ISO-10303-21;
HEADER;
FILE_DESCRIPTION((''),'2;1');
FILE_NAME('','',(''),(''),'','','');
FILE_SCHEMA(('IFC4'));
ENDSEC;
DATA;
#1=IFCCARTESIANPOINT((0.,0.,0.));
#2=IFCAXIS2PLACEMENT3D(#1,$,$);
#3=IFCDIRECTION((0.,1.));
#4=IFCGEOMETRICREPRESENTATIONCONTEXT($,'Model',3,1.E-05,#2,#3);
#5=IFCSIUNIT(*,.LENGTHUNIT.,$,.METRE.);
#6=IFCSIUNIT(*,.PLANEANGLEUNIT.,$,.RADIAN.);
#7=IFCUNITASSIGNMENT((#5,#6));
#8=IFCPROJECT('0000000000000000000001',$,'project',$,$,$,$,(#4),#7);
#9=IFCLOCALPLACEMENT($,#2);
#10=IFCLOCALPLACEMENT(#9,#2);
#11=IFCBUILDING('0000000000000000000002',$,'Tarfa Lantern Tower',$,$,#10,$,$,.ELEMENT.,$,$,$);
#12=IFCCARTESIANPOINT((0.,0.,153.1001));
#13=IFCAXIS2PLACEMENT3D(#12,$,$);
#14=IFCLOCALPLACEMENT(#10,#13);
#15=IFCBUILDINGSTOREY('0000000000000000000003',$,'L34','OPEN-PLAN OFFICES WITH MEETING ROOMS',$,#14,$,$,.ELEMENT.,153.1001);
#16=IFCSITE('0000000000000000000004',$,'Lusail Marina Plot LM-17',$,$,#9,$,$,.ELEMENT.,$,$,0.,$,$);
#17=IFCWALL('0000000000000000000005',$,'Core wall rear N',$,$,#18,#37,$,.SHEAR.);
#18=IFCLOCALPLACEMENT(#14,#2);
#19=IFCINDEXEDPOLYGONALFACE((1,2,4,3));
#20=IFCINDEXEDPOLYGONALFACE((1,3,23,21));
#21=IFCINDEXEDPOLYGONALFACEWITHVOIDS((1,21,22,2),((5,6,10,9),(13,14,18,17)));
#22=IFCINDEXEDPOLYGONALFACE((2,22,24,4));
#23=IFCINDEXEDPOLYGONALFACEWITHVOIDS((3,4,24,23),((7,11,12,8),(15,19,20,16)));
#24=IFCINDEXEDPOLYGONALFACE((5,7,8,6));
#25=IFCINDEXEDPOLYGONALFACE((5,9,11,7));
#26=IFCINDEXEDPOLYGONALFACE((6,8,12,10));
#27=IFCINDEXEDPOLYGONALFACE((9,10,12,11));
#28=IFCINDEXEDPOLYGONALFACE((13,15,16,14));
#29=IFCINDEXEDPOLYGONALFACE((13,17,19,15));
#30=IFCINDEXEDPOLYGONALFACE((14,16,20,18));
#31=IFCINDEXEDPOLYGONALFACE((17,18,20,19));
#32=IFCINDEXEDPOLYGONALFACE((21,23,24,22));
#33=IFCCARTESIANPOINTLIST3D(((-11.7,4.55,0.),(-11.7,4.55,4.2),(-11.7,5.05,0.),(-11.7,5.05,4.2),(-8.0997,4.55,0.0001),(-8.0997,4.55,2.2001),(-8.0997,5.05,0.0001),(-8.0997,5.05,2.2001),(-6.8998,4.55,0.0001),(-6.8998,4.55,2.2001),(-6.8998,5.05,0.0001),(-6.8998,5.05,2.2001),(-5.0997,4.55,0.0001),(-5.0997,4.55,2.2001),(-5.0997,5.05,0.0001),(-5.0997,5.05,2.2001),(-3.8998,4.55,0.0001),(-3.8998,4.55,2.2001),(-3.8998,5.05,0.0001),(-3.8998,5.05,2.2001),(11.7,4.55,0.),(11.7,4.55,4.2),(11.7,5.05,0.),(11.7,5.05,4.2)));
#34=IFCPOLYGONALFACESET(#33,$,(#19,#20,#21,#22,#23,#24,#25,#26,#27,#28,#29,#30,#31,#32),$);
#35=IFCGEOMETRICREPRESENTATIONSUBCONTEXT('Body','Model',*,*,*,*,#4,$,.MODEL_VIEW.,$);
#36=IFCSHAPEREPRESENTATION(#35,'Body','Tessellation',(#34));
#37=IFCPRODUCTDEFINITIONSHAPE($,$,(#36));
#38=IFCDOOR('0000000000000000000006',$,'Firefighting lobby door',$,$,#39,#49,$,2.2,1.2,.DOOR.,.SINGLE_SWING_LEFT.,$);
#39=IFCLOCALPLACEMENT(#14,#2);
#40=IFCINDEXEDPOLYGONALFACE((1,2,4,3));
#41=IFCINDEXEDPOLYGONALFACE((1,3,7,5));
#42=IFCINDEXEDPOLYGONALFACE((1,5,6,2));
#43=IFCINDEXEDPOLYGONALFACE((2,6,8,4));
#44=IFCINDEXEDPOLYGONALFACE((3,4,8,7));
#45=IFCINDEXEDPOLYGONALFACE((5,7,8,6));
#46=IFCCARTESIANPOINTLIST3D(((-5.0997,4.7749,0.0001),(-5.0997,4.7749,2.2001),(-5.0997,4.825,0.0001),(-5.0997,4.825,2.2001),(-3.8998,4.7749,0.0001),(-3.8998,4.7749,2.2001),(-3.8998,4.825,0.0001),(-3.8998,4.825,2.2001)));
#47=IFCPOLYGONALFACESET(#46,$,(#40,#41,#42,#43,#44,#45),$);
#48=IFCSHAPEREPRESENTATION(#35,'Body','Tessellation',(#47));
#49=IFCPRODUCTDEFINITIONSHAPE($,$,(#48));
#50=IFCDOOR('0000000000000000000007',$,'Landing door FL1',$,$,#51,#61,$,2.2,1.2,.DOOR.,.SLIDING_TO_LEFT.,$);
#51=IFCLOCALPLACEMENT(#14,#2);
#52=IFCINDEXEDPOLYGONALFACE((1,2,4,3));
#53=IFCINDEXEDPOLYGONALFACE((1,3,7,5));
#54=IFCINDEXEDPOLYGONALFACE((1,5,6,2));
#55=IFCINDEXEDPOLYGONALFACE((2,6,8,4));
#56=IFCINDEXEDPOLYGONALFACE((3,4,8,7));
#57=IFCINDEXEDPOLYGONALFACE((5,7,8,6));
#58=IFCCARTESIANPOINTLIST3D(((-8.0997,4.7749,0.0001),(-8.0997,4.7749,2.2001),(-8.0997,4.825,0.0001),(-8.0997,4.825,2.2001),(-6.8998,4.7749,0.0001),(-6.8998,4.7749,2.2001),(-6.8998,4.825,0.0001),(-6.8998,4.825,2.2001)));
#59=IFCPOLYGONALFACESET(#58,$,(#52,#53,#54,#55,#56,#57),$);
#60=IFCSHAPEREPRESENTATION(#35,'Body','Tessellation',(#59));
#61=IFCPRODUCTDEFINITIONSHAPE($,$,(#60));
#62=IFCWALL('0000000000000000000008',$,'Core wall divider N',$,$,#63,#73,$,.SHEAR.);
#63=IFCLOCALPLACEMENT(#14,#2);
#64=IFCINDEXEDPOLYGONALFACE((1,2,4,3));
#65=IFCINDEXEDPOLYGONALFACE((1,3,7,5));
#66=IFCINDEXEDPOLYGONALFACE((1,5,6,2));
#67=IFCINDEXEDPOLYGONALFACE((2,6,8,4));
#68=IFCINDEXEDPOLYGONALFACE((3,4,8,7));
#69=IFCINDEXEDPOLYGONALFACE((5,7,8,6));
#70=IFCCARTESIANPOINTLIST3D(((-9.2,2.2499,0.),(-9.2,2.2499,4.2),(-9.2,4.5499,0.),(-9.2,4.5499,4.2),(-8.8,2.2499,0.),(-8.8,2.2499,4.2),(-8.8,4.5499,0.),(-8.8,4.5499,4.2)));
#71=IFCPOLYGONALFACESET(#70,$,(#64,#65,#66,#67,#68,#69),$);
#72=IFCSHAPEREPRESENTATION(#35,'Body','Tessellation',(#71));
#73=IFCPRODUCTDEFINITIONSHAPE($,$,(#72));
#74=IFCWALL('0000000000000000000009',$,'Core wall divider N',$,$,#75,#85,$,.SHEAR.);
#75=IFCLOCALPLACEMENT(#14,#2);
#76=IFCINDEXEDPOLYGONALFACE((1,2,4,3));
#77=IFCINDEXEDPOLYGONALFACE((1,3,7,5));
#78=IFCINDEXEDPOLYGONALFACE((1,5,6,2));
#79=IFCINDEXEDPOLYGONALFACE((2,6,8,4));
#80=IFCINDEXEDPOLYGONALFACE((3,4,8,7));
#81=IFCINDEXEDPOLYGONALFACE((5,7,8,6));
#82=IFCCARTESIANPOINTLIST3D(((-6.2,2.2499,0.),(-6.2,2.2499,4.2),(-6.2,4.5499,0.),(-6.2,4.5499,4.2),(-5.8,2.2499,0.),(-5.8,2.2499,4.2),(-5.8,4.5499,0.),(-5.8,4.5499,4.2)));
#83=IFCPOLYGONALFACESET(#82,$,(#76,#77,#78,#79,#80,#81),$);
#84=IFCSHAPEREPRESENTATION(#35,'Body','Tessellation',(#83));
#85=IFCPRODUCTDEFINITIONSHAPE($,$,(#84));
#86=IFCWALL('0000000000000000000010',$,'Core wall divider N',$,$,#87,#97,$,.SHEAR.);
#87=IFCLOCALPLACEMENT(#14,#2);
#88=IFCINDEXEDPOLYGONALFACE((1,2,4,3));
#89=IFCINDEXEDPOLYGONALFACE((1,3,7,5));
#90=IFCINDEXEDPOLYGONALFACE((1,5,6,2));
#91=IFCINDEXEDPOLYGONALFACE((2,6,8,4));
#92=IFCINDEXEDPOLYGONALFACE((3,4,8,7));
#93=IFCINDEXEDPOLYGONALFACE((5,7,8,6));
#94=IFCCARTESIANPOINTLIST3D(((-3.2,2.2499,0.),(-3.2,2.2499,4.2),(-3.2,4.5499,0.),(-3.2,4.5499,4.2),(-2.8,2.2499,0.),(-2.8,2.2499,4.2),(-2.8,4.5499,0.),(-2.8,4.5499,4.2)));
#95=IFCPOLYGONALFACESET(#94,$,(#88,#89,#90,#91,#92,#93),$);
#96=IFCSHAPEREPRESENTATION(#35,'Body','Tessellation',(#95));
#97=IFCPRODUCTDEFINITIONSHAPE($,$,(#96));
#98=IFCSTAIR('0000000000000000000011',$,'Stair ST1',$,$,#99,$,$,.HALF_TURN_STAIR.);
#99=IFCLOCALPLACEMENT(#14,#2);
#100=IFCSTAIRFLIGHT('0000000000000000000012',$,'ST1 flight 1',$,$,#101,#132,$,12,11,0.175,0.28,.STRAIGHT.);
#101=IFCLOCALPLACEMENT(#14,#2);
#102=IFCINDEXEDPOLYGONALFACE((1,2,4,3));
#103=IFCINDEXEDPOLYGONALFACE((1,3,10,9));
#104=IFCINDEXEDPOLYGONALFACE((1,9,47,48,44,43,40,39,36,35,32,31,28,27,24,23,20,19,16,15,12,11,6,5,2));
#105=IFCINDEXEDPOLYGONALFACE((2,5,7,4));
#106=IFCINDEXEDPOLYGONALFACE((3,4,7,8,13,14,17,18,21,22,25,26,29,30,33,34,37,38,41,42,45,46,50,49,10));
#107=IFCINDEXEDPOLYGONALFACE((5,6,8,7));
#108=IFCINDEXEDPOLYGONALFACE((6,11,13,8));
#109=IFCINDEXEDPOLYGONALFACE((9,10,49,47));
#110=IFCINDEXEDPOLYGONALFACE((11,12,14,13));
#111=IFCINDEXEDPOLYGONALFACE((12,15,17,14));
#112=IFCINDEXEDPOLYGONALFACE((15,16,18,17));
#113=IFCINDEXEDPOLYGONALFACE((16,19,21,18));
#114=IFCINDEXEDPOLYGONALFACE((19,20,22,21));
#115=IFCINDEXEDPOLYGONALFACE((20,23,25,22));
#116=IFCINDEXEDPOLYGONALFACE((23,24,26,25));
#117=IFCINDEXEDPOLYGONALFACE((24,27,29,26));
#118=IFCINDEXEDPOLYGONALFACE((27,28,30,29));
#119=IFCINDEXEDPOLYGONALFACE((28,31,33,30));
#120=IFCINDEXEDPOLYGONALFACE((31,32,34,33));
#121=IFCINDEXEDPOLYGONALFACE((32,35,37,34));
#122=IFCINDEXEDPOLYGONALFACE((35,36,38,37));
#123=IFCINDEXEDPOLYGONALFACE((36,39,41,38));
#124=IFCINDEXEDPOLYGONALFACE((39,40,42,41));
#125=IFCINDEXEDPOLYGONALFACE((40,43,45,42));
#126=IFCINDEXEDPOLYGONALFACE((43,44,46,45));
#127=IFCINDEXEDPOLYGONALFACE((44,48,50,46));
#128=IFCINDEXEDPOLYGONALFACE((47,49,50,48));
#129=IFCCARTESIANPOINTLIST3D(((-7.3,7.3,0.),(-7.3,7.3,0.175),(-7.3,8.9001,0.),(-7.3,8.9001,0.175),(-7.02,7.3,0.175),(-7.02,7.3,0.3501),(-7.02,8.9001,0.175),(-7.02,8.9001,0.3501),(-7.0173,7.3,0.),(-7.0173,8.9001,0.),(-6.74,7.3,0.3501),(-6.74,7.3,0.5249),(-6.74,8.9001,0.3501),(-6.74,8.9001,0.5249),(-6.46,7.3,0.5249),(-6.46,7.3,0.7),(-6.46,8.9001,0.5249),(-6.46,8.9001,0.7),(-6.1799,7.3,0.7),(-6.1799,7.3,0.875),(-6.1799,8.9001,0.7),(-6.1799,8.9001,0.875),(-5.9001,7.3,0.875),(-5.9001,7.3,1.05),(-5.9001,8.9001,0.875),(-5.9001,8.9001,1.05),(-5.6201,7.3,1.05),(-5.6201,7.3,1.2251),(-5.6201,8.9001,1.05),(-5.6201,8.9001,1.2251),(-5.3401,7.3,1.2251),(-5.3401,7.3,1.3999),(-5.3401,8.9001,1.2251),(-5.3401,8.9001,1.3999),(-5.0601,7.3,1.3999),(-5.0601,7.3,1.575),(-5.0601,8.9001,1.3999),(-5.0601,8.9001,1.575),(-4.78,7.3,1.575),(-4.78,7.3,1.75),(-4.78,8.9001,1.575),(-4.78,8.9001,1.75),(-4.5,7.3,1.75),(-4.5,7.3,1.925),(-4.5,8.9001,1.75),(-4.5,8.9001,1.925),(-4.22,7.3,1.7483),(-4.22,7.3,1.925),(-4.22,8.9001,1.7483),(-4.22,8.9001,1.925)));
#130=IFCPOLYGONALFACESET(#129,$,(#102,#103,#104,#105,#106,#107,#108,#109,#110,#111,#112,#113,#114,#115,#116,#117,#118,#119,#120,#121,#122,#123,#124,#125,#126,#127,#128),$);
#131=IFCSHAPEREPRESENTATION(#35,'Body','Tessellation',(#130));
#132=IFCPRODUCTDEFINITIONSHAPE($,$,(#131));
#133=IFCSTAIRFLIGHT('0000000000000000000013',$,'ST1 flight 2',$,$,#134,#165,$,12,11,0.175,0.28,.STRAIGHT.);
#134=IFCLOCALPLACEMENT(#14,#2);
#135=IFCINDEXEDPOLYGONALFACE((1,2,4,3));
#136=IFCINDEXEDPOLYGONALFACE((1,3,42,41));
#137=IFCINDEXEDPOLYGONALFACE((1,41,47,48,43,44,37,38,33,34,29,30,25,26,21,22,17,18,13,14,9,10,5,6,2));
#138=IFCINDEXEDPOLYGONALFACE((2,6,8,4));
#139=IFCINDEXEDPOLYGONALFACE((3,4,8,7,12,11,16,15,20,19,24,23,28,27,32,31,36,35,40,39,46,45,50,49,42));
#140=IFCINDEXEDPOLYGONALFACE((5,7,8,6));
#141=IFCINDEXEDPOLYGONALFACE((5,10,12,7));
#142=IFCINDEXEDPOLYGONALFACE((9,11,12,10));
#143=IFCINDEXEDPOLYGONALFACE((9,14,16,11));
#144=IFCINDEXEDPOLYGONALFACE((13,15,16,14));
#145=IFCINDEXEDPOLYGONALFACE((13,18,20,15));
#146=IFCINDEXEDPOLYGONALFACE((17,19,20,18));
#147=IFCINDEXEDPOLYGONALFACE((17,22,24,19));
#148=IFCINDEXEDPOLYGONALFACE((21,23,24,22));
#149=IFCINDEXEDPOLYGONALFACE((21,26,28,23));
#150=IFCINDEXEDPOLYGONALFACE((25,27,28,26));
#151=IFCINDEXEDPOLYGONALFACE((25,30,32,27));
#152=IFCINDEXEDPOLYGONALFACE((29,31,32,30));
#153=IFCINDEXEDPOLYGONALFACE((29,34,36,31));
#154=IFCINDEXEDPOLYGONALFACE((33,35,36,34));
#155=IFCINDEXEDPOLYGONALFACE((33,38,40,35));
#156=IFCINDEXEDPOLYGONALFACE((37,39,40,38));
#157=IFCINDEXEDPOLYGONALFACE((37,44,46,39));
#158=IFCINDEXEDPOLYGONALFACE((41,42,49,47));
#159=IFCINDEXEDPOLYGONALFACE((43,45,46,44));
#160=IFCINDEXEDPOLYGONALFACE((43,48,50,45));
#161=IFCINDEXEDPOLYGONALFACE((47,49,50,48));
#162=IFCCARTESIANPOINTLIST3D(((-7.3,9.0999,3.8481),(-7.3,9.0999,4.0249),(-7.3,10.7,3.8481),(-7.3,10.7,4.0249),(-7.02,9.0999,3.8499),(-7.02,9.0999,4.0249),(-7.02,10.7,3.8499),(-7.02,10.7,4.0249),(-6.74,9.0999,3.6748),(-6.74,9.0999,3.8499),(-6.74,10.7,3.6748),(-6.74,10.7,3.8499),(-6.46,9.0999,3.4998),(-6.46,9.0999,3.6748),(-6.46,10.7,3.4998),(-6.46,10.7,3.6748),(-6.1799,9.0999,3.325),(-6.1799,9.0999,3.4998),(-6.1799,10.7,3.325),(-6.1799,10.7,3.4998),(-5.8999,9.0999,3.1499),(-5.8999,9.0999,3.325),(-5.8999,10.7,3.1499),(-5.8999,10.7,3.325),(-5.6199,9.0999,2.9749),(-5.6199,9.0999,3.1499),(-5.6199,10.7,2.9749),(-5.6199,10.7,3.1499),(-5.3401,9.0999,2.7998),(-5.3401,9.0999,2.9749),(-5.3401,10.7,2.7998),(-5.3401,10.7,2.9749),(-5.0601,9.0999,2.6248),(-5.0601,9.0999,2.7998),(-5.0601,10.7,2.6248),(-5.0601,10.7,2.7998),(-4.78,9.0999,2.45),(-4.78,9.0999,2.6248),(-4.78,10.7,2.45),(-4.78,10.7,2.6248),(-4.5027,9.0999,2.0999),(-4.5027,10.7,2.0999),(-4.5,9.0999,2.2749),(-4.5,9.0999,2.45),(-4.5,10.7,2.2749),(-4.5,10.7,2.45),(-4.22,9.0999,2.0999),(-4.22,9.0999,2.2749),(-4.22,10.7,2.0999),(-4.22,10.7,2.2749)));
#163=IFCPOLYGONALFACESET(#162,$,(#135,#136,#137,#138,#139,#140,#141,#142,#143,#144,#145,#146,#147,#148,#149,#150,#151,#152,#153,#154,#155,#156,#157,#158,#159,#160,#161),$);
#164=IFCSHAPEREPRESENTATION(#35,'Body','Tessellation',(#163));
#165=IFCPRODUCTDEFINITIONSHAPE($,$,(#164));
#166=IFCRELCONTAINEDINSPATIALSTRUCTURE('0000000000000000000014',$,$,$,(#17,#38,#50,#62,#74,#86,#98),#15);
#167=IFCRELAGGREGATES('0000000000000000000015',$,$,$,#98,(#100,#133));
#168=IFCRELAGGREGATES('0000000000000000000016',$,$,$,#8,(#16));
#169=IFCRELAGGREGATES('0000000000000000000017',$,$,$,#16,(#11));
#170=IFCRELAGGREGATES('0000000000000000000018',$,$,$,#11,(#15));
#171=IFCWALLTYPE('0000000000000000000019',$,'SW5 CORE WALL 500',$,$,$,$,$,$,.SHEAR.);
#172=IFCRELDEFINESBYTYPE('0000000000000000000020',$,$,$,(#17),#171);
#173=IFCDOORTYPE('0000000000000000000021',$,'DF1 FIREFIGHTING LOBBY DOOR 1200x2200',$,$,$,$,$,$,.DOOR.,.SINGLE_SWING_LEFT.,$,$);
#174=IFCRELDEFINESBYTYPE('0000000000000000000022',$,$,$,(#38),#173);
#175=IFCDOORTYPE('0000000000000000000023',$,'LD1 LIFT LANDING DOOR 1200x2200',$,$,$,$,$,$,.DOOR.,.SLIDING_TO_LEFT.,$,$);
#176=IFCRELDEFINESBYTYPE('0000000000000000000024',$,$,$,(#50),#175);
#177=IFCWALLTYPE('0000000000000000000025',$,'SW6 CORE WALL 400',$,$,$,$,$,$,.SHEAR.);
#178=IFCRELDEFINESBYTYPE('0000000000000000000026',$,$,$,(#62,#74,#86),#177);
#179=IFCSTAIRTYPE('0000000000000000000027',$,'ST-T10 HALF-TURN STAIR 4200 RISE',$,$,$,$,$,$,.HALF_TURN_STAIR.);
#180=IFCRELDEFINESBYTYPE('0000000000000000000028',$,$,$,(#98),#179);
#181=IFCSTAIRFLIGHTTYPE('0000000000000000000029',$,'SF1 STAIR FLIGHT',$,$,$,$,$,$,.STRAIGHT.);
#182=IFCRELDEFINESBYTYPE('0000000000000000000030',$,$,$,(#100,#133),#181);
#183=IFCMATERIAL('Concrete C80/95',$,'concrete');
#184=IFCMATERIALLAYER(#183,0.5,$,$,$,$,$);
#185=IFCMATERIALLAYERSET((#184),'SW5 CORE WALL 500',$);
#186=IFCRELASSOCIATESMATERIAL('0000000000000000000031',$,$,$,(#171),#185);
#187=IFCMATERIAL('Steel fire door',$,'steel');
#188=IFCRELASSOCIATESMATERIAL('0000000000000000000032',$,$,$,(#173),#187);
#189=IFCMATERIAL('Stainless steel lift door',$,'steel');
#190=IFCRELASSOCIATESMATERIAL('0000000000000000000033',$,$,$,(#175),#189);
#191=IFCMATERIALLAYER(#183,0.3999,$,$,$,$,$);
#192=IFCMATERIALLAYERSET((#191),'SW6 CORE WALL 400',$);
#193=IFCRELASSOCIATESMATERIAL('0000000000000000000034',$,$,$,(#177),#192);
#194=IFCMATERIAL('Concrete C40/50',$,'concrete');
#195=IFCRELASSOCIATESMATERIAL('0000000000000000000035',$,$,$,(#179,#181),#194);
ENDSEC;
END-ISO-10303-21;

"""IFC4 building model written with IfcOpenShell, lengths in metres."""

from ifc_helpers import new_model, si_unit, direction, frame, frame_2d, origin, place, context, subcontext, project, spatial, polyline, rectangle, outline, extrude, material, layer, layer_set, type_object, element, fill, aggregate, save


model = new_model("IFC4")

# Units and contexts
model_context = context("Model", 3, precision=1e-05, world=origin(), true_north=direction((0.0, 1.0)))
body_context = subcontext(model_context, "Body", "Model", "MODEL_VIEW")
ifc_project = project(units=[si_unit("LENGTHUNIT", "METRE"), si_unit("PLANEANGLEUNIT", "RADIAN")], contexts=[model_context])

# Site, building, storey
site_placement = place(None, origin())
site = spatial("IfcSite", under=ifc_project, at=site_placement, Name="Lusail Marina Plot LM-17", CompositionType="ELEMENT", RefElevation=0.0)
building_placement = place(site_placement, origin())
building = spatial("IfcBuilding", under=site, at=building_placement, Name="Tarfa Lantern Tower", CompositionType="ELEMENT")
storey_placement = place(building_placement, frame((0.0, 0.0, 153.1001)))
storey = spatial("IfcBuildingStorey", under=building, at=storey_placement, Name="L34", Description="OPEN-PLAN OFFICES WITH MEETING ROOMS", CompositionType="ELEMENT", Elevation=153.1001)

# Shared definitions
ifc_material_1 = material(Name="Concrete C80/95", Category="concrete")

# Shared definitions
ifc_material_2 = material(Name="Steel fire door", Category="steel")

# Wall, openings, doors
ifc_layer_1 = layer(ifc_material_1, 0.5)
ifc_layer_set_1 = layer_set([ifc_layer_1], Name="SW5 CORE WALL 500")
wall_type_1 = type_object("IfcWallType", Name="SW5 CORE WALL 500", PredefinedType="SHEAR", material=ifc_layer_set_1)
ifc_material_3 = material(Name="Stainless steel lift door", Category="steel")
wall_1_placement = place(storey_placement, frame((-11.7, 4.8, 0.0), z_axis=(0.0, 0.0, 1.0), x_axis=(1.0, 0.0, 0.0)))
wall_1 = element("IfcWall", 1, at=wall_1_placement, inside=storey, type_object=wall_type_1, Name="Core wall rear N", PredefinedType="SHEAR", context=body_context, shape_type="SweptSolid", body=[
    extrude(rectangle(XDim=23.3999, YDim=0.5, at=frame_2d((11.7, 0.0))), origin(), (0.0, 0.0, 1.0), 4.2),
])
opening_1_placement = place(wall_1_placement, frame((6.6001, 0.0, 0.0)))
opening_1 = element("IfcOpeningElement", 2, at=opening_1_placement, cuts=wall_1, PredefinedType="OPENING", context=body_context, shape_type="SweptSolid", body=[
    extrude(rectangle(XDim=1.2, YDim=2.2, at=frame_2d((0.6001, 1.1001))), frame((0.0, 0.26, 0.0), z_axis=(0.0, -1.0, 0.0), x_axis=(1.0, 0.0, 0.0)), (0.0, 0.0, 1.0), 0.52),
])
opening_2_placement = place(wall_1_placement, frame((3.6001, 0.0, 0.0)))
opening_2 = element("IfcOpeningElement", 3, at=opening_2_placement, cuts=wall_1, PredefinedType="OPENING", context=body_context, shape_type="SweptSolid", body=[
    extrude(rectangle(XDim=1.2, YDim=2.2, at=frame_2d((0.6001, 1.1001))), frame((0.0, 0.26, 0.0), z_axis=(0.0, -1.0, 0.0), x_axis=(1.0, 0.0, 0.0)), (0.0, 0.0, 1.0), 0.52),
])
door_type_1 = type_object("IfcDoorType", Name="DF1 FIREFIGHTING LOBBY DOOR 1200x2200", OperationType="SINGLE_SWING_LEFT", PredefinedType="DOOR", material=ifc_material_2)
door_1_placement = place(opening_1_placement, origin())
door_1 = element("IfcDoor", 4, at=door_1_placement, inside=storey, type_object=door_type_1, Name="Firefighting lobby door", OperationType="SINGLE_SWING_LEFT", OverallHeight=2.2, OverallWidth=1.2, PredefinedType="DOOR", context=body_context, shape_type="SweptSolid", body=[
    extrude(rectangle(XDim=1.2, YDim=2.2, at=frame_2d((0.6001, 1.1001))), frame((0.0, 0.0249, 0.0), z_axis=(0.0, -1.0, 0.0), x_axis=(1.0, 0.0, 0.0)), (0.0, 0.0, 1.0), 0.05),
])
fill(opening_1, door_1)
door_type_2 = type_object("IfcDoorType", Name="LD1 LIFT LANDING DOOR 1200x2200", OperationType="SLIDING_TO_LEFT", PredefinedType="DOOR", material=ifc_material_3)
door_2_placement = place(opening_2_placement, origin())
door_2 = element("IfcDoor", 5, at=door_2_placement, inside=storey, type_object=door_type_2, Name="Landing door FL1", OperationType="SLIDING_TO_LEFT", OverallHeight=2.2, OverallWidth=1.2, PredefinedType="DOOR", context=body_context, shape_type="SweptSolid", body=[
    extrude(rectangle(XDim=1.2, YDim=2.2, at=frame_2d((0.6001, 1.1001))), frame((0.0, 0.0249, 0.0), z_axis=(0.0, -1.0, 0.0), x_axis=(1.0, 0.0, 0.0)), (0.0, 0.0, 1.0), 0.05),
])
fill(opening_2, door_2)

# Walls
ifc_layer_2 = layer(ifc_material_1, 0.3999)
ifc_layer_set_2 = layer_set([ifc_layer_2], Name="SW6 CORE WALL 400")
wall_type_2 = type_object("IfcWallType", Name="SW6 CORE WALL 400", PredefinedType="SHEAR", material=ifc_layer_set_2)
for number, where, z_axis, x_axis, name in (
    (6, (-9.0, 2.25, 0.0), (0.0, 0.0, 1.0), (0.0, 1.0, 0.0), "Core wall divider N"),
    (7, (-6.0, 2.25, 0.0), (0.0, 0.0, 1.0), (0.0, 1.0, 0.0), "Core wall divider N"),
    (8, (-3.0, 2.25, 0.0), (0.0, 0.0, 1.0), (0.0, 1.0, 0.0), "Core wall divider N"),
):
    element("IfcWall", number, at=place(storey_placement, frame(where, z_axis=z_axis, x_axis=x_axis)), inside=storey, type_object=wall_type_2, Name=name, PredefinedType="SHEAR", context=body_context, shape_type="SweptSolid", body=[
        extrude(rectangle(XDim=2.3, YDim=0.3999, at=frame_2d((1.1499, 0.0))), origin(), (0.0, 0.0, 1.0), 4.2),
    ])

# Stair, stair flights
ifc_material_4 = material(Name="Concrete C40/50", Category="concrete")
stair_type = type_object("IfcStairType", Name="ST-T10 HALF-TURN STAIR 4200 RISE", PredefinedType="HALF_TURN_STAIR", material=ifc_material_4)
stair_placement = place(storey_placement, origin())
stair = element("IfcStair", 9, at=stair_placement, inside=storey, type_object=stair_type, Name="Stair ST1", PredefinedType="HALF_TURN_STAIR")
stair_flight_type = type_object("IfcStairFlightType", Name="SF1 STAIR FLIGHT", PredefinedType="STRAIGHT", material=ifc_material_4)
stair_flight_1_placement = place(storey_placement, frame((-7.3, 8.1001, 0.0), z_axis=(0.0, 0.0, 1.0), x_axis=(1.0, 0.0, 0.0)))
stair_flight_1 = element("IfcStairFlight", 10, at=stair_flight_1_placement, type_object=stair_flight_type, Name="ST1 flight 1", NumberOfRisers=12, NumberOfTreads=11, PredefinedType="STRAIGHT", RiserHeight=0.175, TreadLength=0.28, context=body_context, shape_type="SweptSolid", body=[
    extrude(outline(polyline([(0.0, 0.0), (0.0, 0.175), (0.28, 0.175), (0.28, 0.3501), (0.5601, 0.3501), (0.5601, 0.5249), (0.8401, 0.5249), (0.8401, 0.7), (1.1201, 0.7), (1.1201, 0.875), (1.3999, 0.875), (1.3999, 1.05), (1.6799, 1.05), (1.6799, 1.2251), (1.96, 1.2251), (1.96, 1.3999), (2.24, 1.3999), (2.24, 1.575), (2.52, 1.575), (2.52, 1.75), (2.8, 1.75), (2.8, 1.925), (3.0801, 1.925), (3.0801, 2.1001), (3.0801, 1.7483), (0.2827, 0.0), (0.0, 0.0)])), frame((0.0, 0.8, 0.0), z_axis=(0.0, -1.0, 0.0), x_axis=(1.0, 0.0, 0.0)), (0.0, 0.0, 1.0), 1.6001),
])
stair_flight_2_placement = place(storey_placement, frame((-4.22, 9.8999, 2.0999), z_axis=(0.0, 0.0, 1.0), x_axis=(-1.0, 0.0, 0.0)))
stair_flight_2 = element("IfcStairFlight", 11, at=stair_flight_2_placement, type_object=stair_flight_type, Name="ST1 flight 2", NumberOfRisers=12, NumberOfTreads=11, PredefinedType="STRAIGHT", RiserHeight=0.175, TreadLength=0.28, context=body_context, shape_type="SweptSolid", body=[
    extrude(outline(polyline([(0.0, 0.0), (0.0, 0.175), (0.28, 0.175), (0.28, 0.3501), (0.5601, 0.3501), (0.5601, 0.5249), (0.8401, 0.5249), (0.8401, 0.7), (1.1201, 0.7), (1.1201, 0.875), (1.3999, 0.875), (1.3999, 1.05), (1.6799, 1.05), (1.6799, 1.2251), (1.96, 1.2251), (1.96, 1.3999), (2.24, 1.3999), (2.24, 1.575), (2.52, 1.575), (2.52, 1.75), (2.8, 1.75), (2.8, 1.925), (3.0801, 1.925), (3.0801, 2.1001), (3.0801, 1.7483), (0.2827, 0.0), (0.0, 0.0)])), frame((0.0, 0.8, 0.0), z_axis=(0.0, -1.0, 0.0), x_axis=(1.0, 0.0, 0.0)), (0.0, 0.0, 1.0), 1.6001),
])
aggregate(stair, [stair_flight_1, stair_flight_2])

save(model, "model.ifc")
